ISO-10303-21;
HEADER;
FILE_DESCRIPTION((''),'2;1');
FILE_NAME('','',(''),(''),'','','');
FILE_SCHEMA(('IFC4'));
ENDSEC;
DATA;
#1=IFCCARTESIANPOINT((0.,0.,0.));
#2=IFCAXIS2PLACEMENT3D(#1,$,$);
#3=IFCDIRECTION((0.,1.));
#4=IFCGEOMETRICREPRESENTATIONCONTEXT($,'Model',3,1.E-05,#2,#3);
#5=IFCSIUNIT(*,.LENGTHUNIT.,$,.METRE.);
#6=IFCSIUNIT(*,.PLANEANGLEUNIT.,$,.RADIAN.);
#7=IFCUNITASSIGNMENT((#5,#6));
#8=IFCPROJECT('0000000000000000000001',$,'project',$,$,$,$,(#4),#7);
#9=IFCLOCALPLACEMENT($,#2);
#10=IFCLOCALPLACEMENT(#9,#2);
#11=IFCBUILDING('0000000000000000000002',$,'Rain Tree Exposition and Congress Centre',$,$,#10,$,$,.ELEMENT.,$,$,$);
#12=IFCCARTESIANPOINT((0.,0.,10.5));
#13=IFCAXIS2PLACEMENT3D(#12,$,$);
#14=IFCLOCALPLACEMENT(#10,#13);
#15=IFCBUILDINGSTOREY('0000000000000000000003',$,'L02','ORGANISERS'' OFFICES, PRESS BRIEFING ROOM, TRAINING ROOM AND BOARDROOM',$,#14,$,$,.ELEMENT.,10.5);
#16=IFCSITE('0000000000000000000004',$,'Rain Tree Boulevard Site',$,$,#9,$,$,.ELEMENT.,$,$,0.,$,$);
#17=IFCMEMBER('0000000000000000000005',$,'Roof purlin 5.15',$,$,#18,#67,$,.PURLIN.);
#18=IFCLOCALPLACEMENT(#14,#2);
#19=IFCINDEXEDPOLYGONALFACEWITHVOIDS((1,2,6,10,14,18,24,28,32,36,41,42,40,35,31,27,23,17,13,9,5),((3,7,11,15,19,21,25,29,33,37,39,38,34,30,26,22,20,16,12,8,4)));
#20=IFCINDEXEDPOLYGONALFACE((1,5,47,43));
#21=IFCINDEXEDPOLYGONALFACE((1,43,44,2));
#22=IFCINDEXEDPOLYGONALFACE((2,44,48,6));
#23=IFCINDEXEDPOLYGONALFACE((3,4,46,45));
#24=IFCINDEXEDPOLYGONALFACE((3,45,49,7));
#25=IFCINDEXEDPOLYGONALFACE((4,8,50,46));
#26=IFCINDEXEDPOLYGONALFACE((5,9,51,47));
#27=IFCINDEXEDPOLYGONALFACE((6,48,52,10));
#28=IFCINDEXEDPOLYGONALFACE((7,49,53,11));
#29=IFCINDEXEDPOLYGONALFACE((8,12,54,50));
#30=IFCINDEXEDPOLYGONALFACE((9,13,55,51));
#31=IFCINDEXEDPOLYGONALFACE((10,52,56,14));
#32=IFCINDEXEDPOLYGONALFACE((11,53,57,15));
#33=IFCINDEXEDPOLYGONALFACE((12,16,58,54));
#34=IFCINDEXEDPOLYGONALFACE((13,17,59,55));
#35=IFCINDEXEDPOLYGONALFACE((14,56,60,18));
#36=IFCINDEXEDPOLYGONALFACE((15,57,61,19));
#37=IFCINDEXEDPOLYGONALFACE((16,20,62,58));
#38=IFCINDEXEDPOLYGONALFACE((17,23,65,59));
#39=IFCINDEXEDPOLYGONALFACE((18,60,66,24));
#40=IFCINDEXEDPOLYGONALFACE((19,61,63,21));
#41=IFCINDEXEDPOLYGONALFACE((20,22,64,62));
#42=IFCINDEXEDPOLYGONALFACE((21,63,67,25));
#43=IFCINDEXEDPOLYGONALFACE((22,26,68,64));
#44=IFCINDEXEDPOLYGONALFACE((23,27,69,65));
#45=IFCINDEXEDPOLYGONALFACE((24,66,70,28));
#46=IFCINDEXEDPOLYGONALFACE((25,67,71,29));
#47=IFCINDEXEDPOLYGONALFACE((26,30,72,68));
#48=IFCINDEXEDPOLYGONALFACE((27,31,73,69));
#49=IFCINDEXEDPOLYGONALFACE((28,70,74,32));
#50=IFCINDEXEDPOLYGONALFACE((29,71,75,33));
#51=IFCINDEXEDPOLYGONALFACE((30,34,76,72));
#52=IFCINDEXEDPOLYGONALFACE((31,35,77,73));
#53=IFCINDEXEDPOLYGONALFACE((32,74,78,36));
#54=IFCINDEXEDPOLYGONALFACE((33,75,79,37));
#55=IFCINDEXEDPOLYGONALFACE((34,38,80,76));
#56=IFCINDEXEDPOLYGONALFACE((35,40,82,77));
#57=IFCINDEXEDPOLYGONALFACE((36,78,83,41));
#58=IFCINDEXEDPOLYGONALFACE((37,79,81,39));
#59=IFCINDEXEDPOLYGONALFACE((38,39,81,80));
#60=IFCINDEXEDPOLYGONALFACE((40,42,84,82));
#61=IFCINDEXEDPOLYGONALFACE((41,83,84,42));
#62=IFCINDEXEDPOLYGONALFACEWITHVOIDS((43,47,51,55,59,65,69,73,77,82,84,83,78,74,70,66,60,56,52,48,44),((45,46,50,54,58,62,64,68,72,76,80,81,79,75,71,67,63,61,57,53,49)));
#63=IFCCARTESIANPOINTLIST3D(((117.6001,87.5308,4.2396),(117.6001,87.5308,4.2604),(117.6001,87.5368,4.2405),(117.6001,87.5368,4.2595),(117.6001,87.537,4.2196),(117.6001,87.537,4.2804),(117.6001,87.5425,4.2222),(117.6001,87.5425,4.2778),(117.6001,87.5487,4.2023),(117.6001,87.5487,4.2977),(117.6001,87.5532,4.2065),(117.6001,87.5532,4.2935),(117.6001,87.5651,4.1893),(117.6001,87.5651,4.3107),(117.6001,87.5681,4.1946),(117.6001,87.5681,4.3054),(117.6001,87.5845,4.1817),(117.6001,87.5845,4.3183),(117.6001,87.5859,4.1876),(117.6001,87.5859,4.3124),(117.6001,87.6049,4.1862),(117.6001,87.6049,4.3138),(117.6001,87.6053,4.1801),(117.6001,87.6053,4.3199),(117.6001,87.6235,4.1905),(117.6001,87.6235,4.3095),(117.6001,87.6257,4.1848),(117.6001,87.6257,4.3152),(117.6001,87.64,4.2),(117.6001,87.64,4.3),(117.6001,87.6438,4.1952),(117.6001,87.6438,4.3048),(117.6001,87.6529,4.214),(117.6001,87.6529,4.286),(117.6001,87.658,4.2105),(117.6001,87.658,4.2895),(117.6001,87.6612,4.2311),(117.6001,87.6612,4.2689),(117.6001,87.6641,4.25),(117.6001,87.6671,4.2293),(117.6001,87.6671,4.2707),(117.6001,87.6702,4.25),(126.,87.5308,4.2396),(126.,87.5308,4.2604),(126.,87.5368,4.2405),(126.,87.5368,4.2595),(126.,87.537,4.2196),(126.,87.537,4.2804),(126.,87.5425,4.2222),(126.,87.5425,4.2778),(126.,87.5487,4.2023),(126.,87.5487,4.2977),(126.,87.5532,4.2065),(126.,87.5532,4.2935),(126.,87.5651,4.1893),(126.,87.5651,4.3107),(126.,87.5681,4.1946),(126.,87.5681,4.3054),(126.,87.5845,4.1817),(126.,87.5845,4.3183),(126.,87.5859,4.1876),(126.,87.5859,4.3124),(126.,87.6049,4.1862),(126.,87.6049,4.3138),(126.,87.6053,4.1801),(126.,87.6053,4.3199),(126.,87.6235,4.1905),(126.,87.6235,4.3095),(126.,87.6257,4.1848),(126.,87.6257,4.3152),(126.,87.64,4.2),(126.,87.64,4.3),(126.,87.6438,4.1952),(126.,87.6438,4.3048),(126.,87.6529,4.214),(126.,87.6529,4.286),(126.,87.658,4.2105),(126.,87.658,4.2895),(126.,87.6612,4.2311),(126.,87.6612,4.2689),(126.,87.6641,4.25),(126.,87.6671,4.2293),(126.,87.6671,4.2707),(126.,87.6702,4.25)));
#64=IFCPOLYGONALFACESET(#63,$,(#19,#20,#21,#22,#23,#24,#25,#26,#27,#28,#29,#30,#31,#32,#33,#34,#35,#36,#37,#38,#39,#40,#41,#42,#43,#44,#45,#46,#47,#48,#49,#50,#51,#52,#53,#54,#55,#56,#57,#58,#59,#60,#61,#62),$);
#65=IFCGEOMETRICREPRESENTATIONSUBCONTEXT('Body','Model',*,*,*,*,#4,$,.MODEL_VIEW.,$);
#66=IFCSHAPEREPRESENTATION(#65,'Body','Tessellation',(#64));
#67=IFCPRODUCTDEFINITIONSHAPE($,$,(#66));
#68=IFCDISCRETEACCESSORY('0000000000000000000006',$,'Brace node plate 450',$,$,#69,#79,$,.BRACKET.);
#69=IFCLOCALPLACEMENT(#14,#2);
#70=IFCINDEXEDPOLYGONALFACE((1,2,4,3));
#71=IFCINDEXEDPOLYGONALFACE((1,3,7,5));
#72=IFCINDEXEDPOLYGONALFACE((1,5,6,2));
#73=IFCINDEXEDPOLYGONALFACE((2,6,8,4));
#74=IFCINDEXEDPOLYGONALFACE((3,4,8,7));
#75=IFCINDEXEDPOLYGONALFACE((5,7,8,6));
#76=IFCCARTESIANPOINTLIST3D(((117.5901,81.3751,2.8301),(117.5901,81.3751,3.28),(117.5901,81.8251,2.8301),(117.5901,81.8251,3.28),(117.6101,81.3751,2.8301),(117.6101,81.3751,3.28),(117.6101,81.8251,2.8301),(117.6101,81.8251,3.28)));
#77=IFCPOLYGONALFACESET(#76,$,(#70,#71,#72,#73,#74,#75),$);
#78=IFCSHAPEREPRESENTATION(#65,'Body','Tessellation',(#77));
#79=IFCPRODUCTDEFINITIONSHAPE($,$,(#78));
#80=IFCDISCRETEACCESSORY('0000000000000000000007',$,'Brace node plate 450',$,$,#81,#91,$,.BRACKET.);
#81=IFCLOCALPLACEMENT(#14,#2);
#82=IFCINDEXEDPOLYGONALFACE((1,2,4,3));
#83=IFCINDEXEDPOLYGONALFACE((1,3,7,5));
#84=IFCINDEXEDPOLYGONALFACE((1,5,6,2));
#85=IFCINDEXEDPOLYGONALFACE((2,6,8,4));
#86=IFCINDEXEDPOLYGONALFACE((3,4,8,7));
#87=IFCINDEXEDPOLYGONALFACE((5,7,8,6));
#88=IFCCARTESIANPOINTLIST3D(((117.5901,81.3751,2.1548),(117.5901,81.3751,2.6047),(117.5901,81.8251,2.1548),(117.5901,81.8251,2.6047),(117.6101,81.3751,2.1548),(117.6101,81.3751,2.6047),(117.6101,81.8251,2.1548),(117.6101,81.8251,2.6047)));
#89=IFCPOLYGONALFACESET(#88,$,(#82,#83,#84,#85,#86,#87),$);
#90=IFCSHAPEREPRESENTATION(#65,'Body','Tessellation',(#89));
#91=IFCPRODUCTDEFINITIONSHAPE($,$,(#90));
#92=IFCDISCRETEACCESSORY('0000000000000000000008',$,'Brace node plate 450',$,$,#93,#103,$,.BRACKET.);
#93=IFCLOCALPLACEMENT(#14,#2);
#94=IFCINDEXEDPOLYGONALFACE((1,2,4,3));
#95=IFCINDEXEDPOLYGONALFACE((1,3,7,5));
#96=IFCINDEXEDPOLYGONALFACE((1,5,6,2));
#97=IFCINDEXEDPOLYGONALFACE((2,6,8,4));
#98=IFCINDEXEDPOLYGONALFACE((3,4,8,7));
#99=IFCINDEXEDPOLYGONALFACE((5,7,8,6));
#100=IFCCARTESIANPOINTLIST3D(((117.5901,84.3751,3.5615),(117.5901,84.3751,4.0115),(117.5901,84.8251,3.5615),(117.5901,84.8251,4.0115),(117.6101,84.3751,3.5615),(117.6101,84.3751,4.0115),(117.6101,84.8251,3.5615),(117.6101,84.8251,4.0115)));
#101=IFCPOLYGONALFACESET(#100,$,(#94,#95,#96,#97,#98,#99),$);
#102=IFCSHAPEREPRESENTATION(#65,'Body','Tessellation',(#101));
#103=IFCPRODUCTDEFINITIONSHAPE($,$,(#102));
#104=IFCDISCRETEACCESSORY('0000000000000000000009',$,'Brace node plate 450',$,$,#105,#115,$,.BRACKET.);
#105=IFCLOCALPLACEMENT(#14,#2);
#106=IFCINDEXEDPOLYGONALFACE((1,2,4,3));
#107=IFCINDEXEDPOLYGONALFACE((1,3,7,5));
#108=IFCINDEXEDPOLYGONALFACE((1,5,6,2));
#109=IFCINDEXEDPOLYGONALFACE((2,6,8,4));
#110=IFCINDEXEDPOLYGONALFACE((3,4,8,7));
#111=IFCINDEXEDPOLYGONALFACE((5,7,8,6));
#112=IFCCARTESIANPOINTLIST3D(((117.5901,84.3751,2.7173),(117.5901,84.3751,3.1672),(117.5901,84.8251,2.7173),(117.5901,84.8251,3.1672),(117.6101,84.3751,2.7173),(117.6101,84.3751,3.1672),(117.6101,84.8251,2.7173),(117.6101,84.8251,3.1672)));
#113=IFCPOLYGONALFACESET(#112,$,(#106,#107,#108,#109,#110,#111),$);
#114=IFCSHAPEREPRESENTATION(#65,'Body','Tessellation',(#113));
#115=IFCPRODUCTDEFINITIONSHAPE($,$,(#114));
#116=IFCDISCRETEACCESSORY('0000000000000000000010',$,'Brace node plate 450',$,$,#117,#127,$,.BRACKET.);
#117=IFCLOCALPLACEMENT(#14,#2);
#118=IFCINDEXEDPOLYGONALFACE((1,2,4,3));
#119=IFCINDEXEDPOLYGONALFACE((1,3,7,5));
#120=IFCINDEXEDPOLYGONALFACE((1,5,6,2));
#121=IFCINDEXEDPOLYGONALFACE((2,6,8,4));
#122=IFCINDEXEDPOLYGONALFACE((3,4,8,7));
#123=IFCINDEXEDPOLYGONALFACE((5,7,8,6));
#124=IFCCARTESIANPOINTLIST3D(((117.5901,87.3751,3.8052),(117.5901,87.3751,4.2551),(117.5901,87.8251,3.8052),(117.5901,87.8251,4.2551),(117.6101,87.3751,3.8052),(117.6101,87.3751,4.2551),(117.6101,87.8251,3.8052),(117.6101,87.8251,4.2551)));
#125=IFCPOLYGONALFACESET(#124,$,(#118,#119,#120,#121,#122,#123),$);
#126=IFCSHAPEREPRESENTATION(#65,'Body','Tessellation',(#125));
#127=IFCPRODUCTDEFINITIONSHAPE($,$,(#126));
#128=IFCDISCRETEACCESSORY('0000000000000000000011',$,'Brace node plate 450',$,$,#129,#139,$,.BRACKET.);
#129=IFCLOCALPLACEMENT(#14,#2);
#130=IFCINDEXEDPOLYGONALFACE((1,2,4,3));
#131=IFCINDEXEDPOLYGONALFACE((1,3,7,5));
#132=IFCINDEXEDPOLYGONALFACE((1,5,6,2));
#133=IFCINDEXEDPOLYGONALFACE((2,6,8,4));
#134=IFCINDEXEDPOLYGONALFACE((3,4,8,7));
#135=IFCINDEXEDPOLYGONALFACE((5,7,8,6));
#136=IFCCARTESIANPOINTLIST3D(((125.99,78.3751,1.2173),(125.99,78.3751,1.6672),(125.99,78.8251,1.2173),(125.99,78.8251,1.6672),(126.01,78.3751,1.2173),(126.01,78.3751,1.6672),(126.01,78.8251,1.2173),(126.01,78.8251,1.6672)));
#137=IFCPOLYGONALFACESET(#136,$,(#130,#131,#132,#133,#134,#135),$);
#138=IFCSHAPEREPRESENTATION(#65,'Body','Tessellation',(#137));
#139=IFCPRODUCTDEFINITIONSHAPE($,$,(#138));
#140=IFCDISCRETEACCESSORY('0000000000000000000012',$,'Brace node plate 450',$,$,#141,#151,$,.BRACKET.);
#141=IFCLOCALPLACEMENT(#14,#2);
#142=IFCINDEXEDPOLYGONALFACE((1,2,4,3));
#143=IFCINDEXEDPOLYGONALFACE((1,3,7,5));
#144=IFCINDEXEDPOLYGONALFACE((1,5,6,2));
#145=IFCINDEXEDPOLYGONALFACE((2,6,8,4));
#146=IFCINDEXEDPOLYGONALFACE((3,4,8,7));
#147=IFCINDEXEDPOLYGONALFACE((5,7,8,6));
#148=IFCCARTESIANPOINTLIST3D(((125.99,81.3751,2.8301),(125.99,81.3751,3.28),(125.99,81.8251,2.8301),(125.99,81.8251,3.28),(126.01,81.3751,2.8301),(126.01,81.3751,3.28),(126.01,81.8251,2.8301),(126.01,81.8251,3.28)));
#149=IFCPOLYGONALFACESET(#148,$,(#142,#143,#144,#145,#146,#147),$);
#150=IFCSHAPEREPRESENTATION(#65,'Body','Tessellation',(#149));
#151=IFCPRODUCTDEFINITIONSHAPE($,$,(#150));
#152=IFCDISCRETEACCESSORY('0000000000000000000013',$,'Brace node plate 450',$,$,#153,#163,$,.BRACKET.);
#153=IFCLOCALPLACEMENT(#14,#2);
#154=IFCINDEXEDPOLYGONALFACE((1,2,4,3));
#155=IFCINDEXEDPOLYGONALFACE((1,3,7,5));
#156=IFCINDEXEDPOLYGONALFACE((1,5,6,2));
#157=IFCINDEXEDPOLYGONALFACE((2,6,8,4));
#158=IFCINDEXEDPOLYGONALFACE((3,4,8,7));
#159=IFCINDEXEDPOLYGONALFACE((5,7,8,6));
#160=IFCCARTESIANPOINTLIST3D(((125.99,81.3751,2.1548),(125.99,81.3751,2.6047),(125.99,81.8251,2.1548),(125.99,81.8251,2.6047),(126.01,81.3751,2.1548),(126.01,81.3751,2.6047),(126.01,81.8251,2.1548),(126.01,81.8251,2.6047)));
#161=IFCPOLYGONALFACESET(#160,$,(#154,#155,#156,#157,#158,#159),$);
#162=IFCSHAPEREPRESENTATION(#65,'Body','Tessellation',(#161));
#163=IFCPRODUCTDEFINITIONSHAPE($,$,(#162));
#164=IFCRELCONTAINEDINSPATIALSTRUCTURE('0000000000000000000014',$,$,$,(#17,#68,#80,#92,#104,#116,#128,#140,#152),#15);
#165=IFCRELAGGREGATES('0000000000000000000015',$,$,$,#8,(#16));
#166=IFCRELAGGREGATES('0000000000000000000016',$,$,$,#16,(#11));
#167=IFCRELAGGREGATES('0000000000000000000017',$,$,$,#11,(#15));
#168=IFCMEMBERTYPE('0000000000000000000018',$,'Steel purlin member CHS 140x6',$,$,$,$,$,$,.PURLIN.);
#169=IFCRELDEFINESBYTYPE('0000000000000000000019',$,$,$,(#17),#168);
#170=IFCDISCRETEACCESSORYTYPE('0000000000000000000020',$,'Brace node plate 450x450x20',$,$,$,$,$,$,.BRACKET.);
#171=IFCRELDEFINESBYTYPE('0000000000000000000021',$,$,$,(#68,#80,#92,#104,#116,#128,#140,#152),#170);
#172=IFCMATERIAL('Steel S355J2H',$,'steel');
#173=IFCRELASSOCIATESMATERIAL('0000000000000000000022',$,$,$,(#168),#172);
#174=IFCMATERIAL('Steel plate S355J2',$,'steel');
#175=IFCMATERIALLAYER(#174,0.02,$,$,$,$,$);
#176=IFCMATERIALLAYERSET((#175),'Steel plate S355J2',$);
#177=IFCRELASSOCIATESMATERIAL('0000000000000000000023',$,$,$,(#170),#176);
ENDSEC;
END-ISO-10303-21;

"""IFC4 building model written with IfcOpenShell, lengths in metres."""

from ifc_helpers import new_model, si_unit, direction, frame, origin, origin_2d, place, context, subcontext, project, spatial, rectangle, hollow_circle, extrude, material, layer, layer_set, material_profile, profile_set, type_object, element, save


model = new_model("IFC4")

# Units and contexts
model_context = context("Model", 3, precision=1e-05, world=origin(), true_north=direction((0.0, 1.0)))
body_context = subcontext(model_context, "Body", "Model", "MODEL_VIEW")
ifc_project = project(units=[si_unit("LENGTHUNIT", "METRE"), si_unit("PLANEANGLEUNIT", "RADIAN")], contexts=[model_context])

# Site, building, storey
site_placement = place(None, origin())
site = spatial("IfcSite", under=ifc_project, at=site_placement, Name="Rain Tree Boulevard Site", CompositionType="ELEMENT", RefElevation=0.0)
building_placement = place(site_placement, origin())
building = spatial("IfcBuilding", under=site, at=building_placement, Name="Rain Tree Exposition and Congress Centre", CompositionType="ELEMENT")
storey_placement = place(building_placement, frame((0.0, 0.0, 10.5)))
storey = spatial("IfcBuildingStorey", under=building, at=storey_placement, Name="L02", Description="ORGANISERS' OFFICES, PRESS BRIEFING ROOM, TRAINING ROOM AND BOARDROOM", CompositionType="ELEMENT", Elevation=10.5)

# Member
ifc_material_1 = material(Name="Steel S355J2H", Category="steel")
ifc_material_profile_1 = material_profile(ifc_material_1, hollow_circle(Radius=0.0701, WallThickness=0.0061, at=origin_2d()), Name="CHS 140x6")
ifc_profile_set_1 = profile_set([ifc_material_profile_1], Name="Steel S355J2H")
member_type_1 = type_object("IfcMemberType", Name="Steel purlin member CHS 140x6", PredefinedType="PURLIN", material=ifc_profile_set_1)
for number, where, z_axis, x_axis, name in (
    (1, (117.6001, 87.6001, 4.25), (1.0, 0.0, 0.0), (0.0, 1.0, 0.0), "Roof purlin 5.15"),
):
    element("IfcMember", number, at=place(storey_placement, frame(where, z_axis=z_axis, x_axis=x_axis)), inside=storey, type_object=member_type_1, Name=name, PredefinedType="PURLIN", context=body_context, shape_type="SweptSolid", body=[
        extrude(hollow_circle(Radius=0.0701, WallThickness=0.0061, at=origin_2d()), origin(), (0.0, 0.0, 1.0), 8.3999),
    ])

# Discrete accessories
ifc_material_2 = material(Name="Steel plate S355J2", Category="steel")
ifc_layer = layer(ifc_material_2, 0.02)
ifc_layer_set = layer_set([ifc_layer], Name="Steel plate S355J2")
discrete_accessory_type = type_object("IfcDiscreteAccessoryType", Name="Brace node plate 450x450x20", PredefinedType="BRACKET", material=ifc_layer_set)
for number, where, z_axis, x_axis, name in (
    (2, (117.6001, 81.6001, 2.8301), (0.0, 0.0, 1.0), (0.0, -1.0, 0.0), "Brace node plate 450"),
    (3, (117.6001, 81.6001, 2.1548), (0.0, 0.0, 1.0), (0.0, 1.0, 0.0), "Brace node plate 450"),
    (4, (117.6001, 84.6001, 3.5615), (0.0, 0.0, 1.0), (0.0, -1.0, 0.0), "Brace node plate 450"),
    (5, (117.6001, 84.6001, 2.7173), (0.0, 0.0, 1.0), (0.0, 1.0, 0.0), "Brace node plate 450"),
    (6, (117.6001, 87.6001, 3.8052), (0.0, 0.0, 1.0), (0.0, 1.0, 0.0), "Brace node plate 450"),
    (7, (126.0, 78.6001, 1.2173), (0.0, 0.0, 1.0), (0.0, 1.0, 0.0), "Brace node plate 450"),
    (8, (126.0, 81.6001, 2.8301), (0.0, 0.0, 1.0), (0.0, -1.0, 0.0), "Brace node plate 450"),
    (9, (126.0, 81.6001, 2.1548), (0.0, 0.0, 1.0), (0.0, 1.0, 0.0), "Brace node plate 450"),
):
    element("IfcDiscreteAccessory", number, at=place(storey_placement, frame(where, z_axis=z_axis, x_axis=x_axis)), inside=storey, type_object=discrete_accessory_type, Name=name, PredefinedType="BRACKET", context=body_context, shape_type="SweptSolid", body=[
        extrude(rectangle(XDim=0.45, YDim=0.02, at=origin_2d()), origin(), (0.0, 0.0, 1.0), 0.45),
    ])

save(model, "model.ifc")
